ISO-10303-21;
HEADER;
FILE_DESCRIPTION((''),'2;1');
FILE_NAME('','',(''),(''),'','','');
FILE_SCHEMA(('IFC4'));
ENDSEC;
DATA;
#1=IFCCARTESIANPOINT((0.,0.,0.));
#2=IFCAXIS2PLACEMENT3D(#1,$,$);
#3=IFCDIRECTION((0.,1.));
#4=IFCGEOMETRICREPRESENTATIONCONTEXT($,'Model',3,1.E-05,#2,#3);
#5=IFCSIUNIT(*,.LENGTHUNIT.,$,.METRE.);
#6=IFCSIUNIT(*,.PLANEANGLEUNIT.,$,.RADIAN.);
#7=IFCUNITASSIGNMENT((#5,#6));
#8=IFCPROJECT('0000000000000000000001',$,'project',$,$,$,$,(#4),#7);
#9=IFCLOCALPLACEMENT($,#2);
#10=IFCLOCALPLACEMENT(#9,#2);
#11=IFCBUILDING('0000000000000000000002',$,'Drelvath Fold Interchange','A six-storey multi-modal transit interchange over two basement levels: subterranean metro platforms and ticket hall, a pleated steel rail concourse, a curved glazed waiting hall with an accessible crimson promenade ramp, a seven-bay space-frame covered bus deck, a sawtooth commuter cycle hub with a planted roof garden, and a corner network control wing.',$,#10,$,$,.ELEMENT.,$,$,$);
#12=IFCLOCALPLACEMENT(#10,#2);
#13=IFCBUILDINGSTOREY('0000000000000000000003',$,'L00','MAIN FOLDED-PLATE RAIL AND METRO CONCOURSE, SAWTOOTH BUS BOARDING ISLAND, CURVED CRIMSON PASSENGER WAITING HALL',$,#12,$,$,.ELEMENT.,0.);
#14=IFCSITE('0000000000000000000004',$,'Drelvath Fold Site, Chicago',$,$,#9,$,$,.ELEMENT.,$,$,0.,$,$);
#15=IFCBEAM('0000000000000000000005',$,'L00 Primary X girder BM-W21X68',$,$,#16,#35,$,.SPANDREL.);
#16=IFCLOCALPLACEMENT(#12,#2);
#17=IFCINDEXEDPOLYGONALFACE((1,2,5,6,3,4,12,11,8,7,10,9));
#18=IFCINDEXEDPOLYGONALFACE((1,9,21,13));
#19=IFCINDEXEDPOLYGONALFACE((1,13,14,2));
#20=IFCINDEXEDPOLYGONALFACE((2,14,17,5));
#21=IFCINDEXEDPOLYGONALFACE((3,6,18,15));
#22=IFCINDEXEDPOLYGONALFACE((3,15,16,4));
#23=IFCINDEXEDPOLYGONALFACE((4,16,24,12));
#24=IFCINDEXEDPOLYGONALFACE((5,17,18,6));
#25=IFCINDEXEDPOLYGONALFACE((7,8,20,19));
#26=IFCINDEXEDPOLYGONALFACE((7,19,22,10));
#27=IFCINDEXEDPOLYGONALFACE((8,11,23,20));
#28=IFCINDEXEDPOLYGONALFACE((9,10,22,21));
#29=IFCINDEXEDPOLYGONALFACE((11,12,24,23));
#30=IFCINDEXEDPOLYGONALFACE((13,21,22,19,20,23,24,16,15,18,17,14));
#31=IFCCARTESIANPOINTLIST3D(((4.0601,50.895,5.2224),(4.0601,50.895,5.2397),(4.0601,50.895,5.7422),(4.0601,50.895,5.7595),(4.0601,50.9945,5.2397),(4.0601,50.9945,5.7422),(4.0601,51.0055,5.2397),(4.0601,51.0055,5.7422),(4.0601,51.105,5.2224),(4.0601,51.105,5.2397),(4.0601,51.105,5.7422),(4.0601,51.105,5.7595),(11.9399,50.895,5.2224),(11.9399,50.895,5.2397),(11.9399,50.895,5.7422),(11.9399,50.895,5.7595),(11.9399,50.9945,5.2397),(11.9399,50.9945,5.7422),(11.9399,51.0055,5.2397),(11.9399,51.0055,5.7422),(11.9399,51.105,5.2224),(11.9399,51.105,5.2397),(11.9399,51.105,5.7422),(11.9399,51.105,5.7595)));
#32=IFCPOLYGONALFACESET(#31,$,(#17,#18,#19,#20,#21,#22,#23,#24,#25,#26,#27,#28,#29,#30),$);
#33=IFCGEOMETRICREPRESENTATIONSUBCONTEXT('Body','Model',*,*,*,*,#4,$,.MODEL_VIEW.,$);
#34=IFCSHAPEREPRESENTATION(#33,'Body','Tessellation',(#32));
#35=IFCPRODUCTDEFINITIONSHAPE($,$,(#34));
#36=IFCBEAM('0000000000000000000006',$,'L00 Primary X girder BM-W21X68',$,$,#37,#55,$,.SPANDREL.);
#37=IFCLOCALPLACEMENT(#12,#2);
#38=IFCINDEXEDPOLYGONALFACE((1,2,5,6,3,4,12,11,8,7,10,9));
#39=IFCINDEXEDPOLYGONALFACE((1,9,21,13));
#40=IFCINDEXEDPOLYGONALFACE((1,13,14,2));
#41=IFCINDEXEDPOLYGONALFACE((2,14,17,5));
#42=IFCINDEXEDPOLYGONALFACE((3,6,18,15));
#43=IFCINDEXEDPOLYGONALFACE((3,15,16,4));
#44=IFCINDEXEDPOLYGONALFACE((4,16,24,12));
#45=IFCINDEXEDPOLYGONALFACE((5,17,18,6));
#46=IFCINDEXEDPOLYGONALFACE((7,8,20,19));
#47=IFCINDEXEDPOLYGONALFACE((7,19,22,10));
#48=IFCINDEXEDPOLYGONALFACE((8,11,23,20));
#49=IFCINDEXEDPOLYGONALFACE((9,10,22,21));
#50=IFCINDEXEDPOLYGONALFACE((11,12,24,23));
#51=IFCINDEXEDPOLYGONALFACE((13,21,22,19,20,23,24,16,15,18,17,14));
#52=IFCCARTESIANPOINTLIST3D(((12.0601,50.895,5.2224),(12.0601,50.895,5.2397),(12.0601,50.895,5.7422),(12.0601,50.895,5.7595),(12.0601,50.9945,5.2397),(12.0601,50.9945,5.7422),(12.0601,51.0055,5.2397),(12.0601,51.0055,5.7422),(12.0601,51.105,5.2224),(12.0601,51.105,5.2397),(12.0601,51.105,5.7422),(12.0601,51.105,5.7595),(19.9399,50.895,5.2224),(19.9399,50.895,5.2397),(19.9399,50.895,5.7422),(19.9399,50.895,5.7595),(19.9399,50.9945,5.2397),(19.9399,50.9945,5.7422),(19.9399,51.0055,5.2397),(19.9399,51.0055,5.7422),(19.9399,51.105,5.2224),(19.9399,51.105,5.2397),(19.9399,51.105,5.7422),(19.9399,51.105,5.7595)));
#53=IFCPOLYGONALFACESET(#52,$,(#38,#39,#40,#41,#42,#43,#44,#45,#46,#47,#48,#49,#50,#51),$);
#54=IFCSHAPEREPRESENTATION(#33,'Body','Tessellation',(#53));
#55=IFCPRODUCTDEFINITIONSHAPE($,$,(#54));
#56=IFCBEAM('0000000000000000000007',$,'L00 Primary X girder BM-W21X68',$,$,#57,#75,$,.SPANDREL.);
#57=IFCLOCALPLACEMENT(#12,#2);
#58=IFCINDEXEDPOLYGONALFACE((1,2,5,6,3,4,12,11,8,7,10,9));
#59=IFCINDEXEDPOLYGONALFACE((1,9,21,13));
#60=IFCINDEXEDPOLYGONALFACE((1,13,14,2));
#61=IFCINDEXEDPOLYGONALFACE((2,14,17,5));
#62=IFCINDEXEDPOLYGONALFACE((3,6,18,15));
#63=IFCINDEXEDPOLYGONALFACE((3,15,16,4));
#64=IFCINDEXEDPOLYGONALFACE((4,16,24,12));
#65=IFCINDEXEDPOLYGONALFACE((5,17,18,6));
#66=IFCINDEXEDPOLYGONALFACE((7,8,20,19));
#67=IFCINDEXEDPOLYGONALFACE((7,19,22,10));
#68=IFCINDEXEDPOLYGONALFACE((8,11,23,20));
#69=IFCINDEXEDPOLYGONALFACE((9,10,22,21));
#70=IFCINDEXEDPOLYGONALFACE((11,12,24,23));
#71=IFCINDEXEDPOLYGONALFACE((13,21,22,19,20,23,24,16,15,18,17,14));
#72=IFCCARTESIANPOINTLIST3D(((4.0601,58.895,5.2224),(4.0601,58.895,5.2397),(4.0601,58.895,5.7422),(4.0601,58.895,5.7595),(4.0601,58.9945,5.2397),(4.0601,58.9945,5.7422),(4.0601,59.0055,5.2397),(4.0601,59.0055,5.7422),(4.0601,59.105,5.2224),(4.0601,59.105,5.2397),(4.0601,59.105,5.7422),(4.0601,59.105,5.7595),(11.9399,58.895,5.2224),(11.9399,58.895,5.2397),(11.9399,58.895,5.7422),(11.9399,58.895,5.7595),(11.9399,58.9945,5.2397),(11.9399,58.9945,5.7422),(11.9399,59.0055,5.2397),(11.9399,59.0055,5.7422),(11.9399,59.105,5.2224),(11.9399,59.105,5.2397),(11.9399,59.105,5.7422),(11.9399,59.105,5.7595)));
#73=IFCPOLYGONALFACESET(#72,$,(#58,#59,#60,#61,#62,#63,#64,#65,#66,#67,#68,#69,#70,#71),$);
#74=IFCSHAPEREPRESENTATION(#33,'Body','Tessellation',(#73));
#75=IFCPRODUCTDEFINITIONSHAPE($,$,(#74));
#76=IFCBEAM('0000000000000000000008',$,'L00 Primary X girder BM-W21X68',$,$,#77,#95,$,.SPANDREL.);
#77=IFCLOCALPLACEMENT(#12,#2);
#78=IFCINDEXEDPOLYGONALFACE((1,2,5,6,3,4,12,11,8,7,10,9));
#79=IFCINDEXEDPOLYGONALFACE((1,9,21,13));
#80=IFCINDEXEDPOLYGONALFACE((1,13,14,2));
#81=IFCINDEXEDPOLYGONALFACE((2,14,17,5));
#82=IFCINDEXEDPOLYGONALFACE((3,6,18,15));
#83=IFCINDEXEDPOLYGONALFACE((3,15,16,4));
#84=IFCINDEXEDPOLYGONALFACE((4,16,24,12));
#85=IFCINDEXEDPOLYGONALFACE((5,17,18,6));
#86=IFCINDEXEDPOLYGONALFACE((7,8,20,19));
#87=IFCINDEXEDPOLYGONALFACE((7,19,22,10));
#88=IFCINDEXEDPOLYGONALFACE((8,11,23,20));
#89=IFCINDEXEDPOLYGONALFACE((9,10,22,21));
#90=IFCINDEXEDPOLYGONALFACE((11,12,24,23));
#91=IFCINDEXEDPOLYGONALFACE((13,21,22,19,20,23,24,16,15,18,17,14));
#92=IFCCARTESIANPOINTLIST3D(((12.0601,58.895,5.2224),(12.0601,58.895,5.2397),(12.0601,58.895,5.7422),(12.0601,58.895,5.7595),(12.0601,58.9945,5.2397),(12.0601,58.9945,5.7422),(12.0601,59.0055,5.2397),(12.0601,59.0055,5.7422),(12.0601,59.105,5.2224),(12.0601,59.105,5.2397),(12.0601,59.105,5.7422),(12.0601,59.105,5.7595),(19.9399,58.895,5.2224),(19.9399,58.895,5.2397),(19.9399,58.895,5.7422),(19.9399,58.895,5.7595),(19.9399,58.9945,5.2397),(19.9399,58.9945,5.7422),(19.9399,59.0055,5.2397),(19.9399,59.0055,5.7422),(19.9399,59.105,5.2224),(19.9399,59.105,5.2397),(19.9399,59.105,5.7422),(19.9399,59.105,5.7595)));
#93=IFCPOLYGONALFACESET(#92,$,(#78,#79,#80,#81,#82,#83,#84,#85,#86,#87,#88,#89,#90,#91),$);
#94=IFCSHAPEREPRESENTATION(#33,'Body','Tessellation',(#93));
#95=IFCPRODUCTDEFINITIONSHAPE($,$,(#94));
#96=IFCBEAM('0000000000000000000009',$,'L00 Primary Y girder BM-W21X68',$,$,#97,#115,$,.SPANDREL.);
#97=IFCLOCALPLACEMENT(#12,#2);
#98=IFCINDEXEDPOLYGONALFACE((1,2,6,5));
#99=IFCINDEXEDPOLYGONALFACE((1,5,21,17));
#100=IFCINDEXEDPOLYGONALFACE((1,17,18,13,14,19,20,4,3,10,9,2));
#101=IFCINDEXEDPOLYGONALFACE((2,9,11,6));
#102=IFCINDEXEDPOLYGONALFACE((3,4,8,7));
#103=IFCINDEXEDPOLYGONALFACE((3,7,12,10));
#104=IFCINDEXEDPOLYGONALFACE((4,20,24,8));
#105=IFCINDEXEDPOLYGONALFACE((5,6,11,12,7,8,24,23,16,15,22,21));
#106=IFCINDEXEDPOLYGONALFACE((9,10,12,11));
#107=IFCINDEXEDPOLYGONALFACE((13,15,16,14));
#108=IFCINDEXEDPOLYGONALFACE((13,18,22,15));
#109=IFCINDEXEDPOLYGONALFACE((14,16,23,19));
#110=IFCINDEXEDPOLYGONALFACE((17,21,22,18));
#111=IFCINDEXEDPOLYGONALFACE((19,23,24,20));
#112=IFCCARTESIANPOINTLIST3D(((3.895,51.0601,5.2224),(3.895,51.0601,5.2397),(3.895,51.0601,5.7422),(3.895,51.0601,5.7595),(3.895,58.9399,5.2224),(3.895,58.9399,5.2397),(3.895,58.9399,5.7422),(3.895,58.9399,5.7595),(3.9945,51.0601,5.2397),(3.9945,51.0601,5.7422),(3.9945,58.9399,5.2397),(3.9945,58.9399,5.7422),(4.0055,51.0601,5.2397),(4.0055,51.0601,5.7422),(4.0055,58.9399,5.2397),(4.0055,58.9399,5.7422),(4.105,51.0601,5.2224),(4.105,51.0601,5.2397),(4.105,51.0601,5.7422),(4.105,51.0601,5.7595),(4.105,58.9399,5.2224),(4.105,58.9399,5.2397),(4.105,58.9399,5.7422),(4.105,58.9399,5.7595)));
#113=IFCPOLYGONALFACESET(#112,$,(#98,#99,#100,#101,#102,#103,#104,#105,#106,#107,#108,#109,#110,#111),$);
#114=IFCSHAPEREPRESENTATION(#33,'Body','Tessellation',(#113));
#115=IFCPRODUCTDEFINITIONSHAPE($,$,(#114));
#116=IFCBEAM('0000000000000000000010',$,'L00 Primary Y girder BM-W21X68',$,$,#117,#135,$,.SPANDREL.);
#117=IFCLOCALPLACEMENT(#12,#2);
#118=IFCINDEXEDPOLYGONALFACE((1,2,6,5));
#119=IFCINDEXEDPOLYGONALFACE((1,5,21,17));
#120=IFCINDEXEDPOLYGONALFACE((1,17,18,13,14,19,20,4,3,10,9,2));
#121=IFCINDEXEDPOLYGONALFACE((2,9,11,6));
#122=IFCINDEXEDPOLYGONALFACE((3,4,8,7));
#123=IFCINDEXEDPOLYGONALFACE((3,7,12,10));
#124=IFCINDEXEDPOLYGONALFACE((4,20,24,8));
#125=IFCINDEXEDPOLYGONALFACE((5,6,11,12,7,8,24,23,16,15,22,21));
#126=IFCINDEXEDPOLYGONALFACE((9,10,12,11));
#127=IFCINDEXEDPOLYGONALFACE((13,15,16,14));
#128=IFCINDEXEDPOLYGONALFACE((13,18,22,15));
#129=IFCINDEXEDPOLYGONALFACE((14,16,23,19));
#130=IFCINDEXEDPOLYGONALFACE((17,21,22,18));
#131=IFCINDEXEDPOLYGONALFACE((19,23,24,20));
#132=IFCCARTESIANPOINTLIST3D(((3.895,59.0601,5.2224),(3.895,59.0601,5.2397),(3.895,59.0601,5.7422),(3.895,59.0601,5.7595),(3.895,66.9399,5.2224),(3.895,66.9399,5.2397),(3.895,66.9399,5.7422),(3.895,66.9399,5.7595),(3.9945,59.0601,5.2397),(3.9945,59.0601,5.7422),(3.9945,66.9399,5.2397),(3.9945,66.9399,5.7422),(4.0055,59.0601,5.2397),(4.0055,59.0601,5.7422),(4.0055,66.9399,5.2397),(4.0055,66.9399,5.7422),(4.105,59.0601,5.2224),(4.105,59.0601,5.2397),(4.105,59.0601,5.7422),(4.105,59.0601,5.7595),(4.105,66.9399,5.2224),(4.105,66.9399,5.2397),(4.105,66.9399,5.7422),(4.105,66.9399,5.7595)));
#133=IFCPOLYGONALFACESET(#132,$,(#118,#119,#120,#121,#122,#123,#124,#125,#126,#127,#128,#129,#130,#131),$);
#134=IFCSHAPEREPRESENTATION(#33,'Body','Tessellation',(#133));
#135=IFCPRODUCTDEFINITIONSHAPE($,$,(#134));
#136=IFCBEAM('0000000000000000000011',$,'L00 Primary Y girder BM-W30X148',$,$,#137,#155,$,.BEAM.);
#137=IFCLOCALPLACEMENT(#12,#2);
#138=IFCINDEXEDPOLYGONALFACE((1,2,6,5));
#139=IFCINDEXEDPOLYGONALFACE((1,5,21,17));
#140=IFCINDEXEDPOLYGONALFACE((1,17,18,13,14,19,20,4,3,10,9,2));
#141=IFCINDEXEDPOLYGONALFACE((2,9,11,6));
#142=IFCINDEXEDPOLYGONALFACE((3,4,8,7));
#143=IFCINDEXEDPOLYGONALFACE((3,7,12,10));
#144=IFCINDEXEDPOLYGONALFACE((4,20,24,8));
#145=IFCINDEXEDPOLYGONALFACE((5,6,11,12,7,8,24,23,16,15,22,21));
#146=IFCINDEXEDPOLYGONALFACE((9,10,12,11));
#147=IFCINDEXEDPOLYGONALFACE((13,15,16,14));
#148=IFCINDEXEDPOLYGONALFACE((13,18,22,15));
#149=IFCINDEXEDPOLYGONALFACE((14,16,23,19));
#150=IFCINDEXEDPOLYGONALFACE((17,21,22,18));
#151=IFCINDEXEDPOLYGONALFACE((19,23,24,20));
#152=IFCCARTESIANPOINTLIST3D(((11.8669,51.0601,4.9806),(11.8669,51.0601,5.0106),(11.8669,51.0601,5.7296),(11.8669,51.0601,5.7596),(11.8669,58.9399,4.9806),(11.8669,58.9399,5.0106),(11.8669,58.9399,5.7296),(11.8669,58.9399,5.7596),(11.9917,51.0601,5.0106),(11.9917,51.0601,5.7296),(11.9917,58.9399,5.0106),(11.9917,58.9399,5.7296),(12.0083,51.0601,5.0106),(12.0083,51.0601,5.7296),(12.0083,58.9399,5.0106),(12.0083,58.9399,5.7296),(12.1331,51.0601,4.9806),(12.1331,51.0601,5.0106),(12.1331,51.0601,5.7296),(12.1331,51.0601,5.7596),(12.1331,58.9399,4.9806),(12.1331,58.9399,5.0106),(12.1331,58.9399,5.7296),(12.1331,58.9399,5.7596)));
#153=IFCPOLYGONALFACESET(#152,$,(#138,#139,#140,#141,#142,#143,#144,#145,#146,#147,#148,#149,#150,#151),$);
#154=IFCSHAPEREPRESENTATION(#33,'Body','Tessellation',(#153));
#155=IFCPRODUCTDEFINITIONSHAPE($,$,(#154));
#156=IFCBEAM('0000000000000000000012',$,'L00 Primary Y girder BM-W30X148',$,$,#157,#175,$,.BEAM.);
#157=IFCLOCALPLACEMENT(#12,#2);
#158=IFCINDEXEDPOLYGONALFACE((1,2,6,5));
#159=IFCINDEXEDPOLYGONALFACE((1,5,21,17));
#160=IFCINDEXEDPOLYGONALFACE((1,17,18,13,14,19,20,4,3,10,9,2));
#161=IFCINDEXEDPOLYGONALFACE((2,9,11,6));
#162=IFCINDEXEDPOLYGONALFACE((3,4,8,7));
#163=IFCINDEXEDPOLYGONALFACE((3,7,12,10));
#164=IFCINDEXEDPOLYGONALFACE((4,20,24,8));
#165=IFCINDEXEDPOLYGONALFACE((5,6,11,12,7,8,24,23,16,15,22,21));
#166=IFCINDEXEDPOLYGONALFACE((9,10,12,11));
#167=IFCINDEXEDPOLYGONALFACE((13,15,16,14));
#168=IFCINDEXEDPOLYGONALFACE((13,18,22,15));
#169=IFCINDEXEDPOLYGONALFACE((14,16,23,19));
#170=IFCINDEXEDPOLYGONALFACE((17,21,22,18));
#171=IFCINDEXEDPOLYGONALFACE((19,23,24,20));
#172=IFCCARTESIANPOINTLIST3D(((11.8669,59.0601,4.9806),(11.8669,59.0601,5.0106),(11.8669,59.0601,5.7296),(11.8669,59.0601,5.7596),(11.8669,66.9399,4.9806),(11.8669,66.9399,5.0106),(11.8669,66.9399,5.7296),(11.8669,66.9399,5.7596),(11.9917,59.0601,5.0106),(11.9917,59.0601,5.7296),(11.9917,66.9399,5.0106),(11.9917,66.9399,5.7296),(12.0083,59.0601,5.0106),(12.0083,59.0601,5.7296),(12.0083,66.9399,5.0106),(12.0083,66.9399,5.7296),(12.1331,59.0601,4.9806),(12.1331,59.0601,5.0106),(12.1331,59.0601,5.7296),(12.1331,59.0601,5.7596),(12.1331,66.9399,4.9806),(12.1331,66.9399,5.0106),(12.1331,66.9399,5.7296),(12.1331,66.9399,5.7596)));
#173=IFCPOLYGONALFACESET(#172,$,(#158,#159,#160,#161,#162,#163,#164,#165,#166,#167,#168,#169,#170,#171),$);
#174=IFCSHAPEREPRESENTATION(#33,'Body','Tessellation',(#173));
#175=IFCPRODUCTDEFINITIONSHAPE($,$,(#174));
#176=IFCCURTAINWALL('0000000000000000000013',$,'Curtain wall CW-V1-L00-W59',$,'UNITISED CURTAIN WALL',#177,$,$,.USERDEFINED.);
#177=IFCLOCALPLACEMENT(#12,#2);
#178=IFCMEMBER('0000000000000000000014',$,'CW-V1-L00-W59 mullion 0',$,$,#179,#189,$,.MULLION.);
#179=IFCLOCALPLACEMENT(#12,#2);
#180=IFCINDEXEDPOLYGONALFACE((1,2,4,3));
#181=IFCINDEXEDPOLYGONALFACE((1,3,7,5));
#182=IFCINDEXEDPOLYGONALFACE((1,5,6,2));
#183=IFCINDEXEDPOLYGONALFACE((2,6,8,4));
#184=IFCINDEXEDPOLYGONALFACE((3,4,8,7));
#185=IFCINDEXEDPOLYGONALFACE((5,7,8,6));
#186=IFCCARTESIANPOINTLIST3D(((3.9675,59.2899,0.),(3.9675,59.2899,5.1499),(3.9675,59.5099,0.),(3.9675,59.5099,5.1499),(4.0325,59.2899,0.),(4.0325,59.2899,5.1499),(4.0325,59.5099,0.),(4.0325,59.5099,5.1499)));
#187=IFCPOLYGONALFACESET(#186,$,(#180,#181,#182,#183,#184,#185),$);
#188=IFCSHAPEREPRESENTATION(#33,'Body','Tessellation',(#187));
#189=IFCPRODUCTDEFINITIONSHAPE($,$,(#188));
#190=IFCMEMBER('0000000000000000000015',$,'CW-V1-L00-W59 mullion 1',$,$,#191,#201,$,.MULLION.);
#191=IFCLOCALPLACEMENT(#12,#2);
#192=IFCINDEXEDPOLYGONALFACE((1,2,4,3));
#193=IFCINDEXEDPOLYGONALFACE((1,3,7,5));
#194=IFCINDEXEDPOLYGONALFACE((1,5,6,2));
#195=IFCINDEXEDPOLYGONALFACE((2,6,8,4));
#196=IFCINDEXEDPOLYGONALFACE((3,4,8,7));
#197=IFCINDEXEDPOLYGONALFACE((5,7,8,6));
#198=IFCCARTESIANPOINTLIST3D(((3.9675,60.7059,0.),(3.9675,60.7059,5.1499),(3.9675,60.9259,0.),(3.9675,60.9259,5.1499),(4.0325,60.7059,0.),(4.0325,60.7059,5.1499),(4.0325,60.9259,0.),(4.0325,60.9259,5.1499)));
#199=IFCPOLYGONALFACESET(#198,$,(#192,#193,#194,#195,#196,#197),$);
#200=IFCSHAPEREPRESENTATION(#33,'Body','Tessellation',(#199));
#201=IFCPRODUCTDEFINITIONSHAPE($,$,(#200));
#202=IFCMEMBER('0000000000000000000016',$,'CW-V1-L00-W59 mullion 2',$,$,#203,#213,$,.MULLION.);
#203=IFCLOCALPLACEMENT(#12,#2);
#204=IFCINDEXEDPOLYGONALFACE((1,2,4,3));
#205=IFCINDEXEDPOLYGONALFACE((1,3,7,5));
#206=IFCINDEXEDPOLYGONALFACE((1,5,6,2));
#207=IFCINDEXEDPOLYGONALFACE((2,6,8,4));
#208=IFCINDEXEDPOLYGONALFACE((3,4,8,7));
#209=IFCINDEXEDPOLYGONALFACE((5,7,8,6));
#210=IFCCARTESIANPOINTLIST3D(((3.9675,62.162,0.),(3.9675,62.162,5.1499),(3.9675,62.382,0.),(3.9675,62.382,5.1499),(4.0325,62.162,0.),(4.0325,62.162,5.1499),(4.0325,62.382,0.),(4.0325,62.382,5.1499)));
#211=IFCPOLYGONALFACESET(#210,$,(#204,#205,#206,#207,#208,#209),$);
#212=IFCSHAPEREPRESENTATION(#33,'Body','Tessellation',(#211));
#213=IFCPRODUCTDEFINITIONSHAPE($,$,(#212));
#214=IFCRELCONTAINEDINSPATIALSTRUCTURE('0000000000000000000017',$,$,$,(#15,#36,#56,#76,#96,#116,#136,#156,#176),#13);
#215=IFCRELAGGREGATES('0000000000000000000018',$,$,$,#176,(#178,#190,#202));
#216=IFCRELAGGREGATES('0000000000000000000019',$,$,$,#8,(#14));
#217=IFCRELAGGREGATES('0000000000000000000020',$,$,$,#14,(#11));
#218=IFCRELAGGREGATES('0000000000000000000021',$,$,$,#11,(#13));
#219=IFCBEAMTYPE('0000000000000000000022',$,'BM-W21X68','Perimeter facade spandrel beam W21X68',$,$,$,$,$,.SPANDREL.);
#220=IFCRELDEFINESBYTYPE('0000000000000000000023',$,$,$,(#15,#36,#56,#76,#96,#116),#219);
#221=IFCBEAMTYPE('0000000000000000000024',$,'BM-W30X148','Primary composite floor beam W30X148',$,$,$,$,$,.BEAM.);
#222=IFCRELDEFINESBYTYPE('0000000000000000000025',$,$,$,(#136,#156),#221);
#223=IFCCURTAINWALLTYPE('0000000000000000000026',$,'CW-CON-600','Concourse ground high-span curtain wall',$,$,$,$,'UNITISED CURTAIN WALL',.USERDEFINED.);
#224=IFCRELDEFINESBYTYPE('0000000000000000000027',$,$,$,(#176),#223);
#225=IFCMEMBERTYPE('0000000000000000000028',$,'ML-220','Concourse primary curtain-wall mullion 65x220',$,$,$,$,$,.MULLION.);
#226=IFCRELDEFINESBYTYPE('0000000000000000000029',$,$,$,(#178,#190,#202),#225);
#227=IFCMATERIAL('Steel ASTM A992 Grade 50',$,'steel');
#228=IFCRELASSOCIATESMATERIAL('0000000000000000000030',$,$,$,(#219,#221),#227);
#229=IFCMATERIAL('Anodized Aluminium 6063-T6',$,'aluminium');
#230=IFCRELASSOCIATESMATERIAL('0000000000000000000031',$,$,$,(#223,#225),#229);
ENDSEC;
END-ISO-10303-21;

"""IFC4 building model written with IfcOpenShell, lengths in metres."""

from ifc_helpers import new_model, si_unit, direction, frame, origin, origin_2d, place, context, subcontext, project, spatial, rectangle, i_section, extrude, material, material_profile, profile_set, type_object, element, aggregate, save


model = new_model("IFC4")

# Units and contexts
model_context = context("Model", 3, precision=1e-05, world=origin(), true_north=direction((0.0, 1.0)))
body_context = subcontext(model_context, "Body", "Model", "MODEL_VIEW")
ifc_project = project(units=[si_unit("LENGTHUNIT", "METRE"), si_unit("PLANEANGLEUNIT", "RADIAN")], contexts=[model_context])

# Site, building, storey
site_placement = place(None, origin())
site = spatial("IfcSite", under=ifc_project, at=site_placement, Name="Drelvath Fold Site, Chicago", CompositionType="ELEMENT", RefElevation=0.0)
building_placement = place(site_placement, origin())
building = spatial("IfcBuilding", under=site, at=building_placement, Name="Drelvath Fold Interchange", Description="A six-storey multi-modal transit interchange over two basement levels: subterranean metro platforms and ticket hall, a pleated steel rail concourse, a curved glazed waiting hall with an accessible crimson promenade ramp, a seven-bay space-frame covered bus deck, a sawtooth commuter cycle hub with a planted roof garden, and a corner network control wing.", CompositionType="ELEMENT")
storey_placement = place(building_placement, origin())
storey = spatial("IfcBuildingStorey", under=building, at=storey_placement, Name="L00", Description="MAIN FOLDED-PLATE RAIL AND METRO CONCOURSE, SAWTOOTH BUS BOARDING ISLAND, CURVED CRIMSON PASSENGER WAITING HALL", CompositionType="ELEMENT", Elevation=0.0)

# Shared definitions
ifc_material_1 = material(Name="Steel ASTM A992 Grade 50", Category="steel")

# Beams
ifc_material_profile_1 = material_profile(ifc_material_1, i_section(OverallWidth=0.21, OverallDepth=0.5371, WebThickness=0.011, FlangeThickness=0.0173, at=origin_2d()), Name="W21X68")
ifc_profile_set_1 = profile_set([ifc_material_profile_1], Name="Steel ASTM A992 Grade 50")
beam_type_1 = type_object("IfcBeamType", Name="BM-W21X68", Description="Perimeter facade spandrel beam W21X68", PredefinedType="SPANDREL", material=ifc_profile_set_1)
for number, where, z_axis, x_axis, name in (
    (1, (4.0601, 51.0, 5.491), (1.0, 0.0, 0.0), (0.0, 1.0, 0.0), "L00 Primary X girder BM-W21X68"),
    (2, (12.0601, 51.0, 5.491), (1.0, 0.0, 0.0), (0.0, 1.0, 0.0), "L00 Primary X girder BM-W21X68"),
    (3, (4.0601, 59.0, 5.491), (1.0, 0.0, 0.0), (0.0, 1.0, 0.0), "L00 Primary X girder BM-W21X68"),
    (4, (12.0601, 59.0, 5.491), (1.0, 0.0, 0.0), (0.0, 1.0, 0.0), "L00 Primary X girder BM-W21X68"),
    (5, (4.0, 51.0601, 5.491), (0.0, 1.0, 0.0), (-1.0, 0.0, 0.0), "L00 Primary Y girder BM-W21X68"),
    (6, (4.0, 59.0601, 5.491), (0.0, 1.0, 0.0), (-1.0, 0.0, 0.0), "L00 Primary Y girder BM-W21X68"),
):
    element("IfcBeam", number, at=place(storey_placement, frame(where, z_axis=z_axis, x_axis=x_axis)), inside=storey, type_object=beam_type_1, Name=name, PredefinedType="SPANDREL", context=body_context, shape_type="SweptSolid", body=[
        extrude(i_section(OverallWidth=0.21, OverallDepth=0.5371, WebThickness=0.011, FlangeThickness=0.0173, at=origin_2d()), origin(), (0.0, 0.0, 1.0), 7.8799),
    ])
ifc_material_profile_2 = material_profile(ifc_material_1, i_section(OverallWidth=0.2661, OverallDepth=0.7791, WebThickness=0.0166, FlangeThickness=0.03, at=origin_2d()), Name="W30X148")
ifc_profile_set_2 = profile_set([ifc_material_profile_2], Name="Steel ASTM A992 Grade 50")
beam_type_2 = type_object("IfcBeamType", Name="BM-W30X148", Description="Primary composite floor beam W30X148", PredefinedType="BEAM", material=ifc_profile_set_2)
for number, where, z_axis, x_axis, name in (
    (7, (12.0, 51.0601, 5.3701), (0.0, 1.0, 0.0), (-1.0, 0.0, 0.0), "L00 Primary Y girder BM-W30X148"),
    (8, (12.0, 59.0601, 5.3701), (0.0, 1.0, 0.0), (-1.0, 0.0, 0.0), "L00 Primary Y girder BM-W30X148"),
):
    element("IfcBeam", number, at=place(storey_placement, frame(where, z_axis=z_axis, x_axis=x_axis)), inside=storey, type_object=beam_type_2, Name=name, PredefinedType="BEAM", context=body_context, shape_type="SweptSolid", body=[
        extrude(i_section(OverallWidth=0.2661, OverallDepth=0.7791, WebThickness=0.0166, FlangeThickness=0.03, at=origin_2d()), origin(), (0.0, 0.0, 1.0), 7.8799),
    ])

# Curtain wall, members
ifc_material_2 = material(Name="Anodized Aluminium 6063-T6", Category="aluminium")
curtain_wall_type = type_object("IfcCurtainWallType", Name="CW-CON-600", Description="Concourse ground high-span curtain wall", ElementType="UNITISED CURTAIN WALL", PredefinedType="USERDEFINED", material=ifc_material_2)
curtain_wall_placement = place(storey_placement, origin())
curtain_wall = element("IfcCurtainWall", 9, at=curtain_wall_placement, inside=storey, type_object=curtain_wall_type, Name="Curtain wall CW-V1-L00-W59", ObjectType="UNITISED CURTAIN WALL", PredefinedType="USERDEFINED")
ifc_material_profile_3 = material_profile(ifc_material_2, rectangle(XDim=0.0649, YDim=0.22, at=origin_2d()), Name="AL-M 65x220")
ifc_profile_set_3 = profile_set([ifc_material_profile_3], Name="Anodized Aluminium 6063-T6")
member_type_1 = type_object("IfcMemberType", Name="ML-220", Description="Concourse primary curtain-wall mullion 65x220", PredefinedType="MULLION", material=ifc_profile_set_3)
member_1_placement = place(storey_placement, frame((4.0, 59.3999, 0.0), z_axis=(0.0, 0.0, 1.0), x_axis=(1.0, 0.0, 0.0)))
member_1 = element("IfcMember", 10, at=member_1_placement, type_object=member_type_1, Name="CW-V1-L00-W59 mullion 0", PredefinedType="MULLION", context=body_context, shape_type="SweptSolid", body=[
    extrude(rectangle(XDim=0.0649, YDim=0.22, at=origin_2d()), origin(), (0.0, 0.0, 1.0), 5.1499),
])
member_2_placement = place(storey_placement, frame((4.0, 60.8159, 0.0), z_axis=(0.0, 0.0, 1.0), x_axis=(1.0, 0.0, 0.0)))
member_2 = element("IfcMember", 11, at=member_2_placement, type_object=member_type_1, Name="CW-V1-L00-W59 mullion 1", PredefinedType="MULLION", context=body_context, shape_type="SweptSolid", body=[
    extrude(rectangle(XDim=0.0649, YDim=0.22, at=origin_2d()), origin(), (0.0, 0.0, 1.0), 5.1499),
])
member_3_placement = place(storey_placement, frame((4.0, 62.272, 0.0), z_axis=(0.0, 0.0, 1.0), x_axis=(1.0, 0.0, 0.0)))
member_3 = element("IfcMember", 12, at=member_3_placement, type_object=member_type_1, Name="CW-V1-L00-W59 mullion 2", PredefinedType="MULLION", context=body_context, shape_type="SweptSolid", body=[
    extrude(rectangle(XDim=0.0649, YDim=0.22, at=origin_2d()), origin(), (0.0, 0.0, 1.0), 5.1499),
])
aggregate(curtain_wall, [member_1, member_2, member_3])

save(model, "model.ifc")
